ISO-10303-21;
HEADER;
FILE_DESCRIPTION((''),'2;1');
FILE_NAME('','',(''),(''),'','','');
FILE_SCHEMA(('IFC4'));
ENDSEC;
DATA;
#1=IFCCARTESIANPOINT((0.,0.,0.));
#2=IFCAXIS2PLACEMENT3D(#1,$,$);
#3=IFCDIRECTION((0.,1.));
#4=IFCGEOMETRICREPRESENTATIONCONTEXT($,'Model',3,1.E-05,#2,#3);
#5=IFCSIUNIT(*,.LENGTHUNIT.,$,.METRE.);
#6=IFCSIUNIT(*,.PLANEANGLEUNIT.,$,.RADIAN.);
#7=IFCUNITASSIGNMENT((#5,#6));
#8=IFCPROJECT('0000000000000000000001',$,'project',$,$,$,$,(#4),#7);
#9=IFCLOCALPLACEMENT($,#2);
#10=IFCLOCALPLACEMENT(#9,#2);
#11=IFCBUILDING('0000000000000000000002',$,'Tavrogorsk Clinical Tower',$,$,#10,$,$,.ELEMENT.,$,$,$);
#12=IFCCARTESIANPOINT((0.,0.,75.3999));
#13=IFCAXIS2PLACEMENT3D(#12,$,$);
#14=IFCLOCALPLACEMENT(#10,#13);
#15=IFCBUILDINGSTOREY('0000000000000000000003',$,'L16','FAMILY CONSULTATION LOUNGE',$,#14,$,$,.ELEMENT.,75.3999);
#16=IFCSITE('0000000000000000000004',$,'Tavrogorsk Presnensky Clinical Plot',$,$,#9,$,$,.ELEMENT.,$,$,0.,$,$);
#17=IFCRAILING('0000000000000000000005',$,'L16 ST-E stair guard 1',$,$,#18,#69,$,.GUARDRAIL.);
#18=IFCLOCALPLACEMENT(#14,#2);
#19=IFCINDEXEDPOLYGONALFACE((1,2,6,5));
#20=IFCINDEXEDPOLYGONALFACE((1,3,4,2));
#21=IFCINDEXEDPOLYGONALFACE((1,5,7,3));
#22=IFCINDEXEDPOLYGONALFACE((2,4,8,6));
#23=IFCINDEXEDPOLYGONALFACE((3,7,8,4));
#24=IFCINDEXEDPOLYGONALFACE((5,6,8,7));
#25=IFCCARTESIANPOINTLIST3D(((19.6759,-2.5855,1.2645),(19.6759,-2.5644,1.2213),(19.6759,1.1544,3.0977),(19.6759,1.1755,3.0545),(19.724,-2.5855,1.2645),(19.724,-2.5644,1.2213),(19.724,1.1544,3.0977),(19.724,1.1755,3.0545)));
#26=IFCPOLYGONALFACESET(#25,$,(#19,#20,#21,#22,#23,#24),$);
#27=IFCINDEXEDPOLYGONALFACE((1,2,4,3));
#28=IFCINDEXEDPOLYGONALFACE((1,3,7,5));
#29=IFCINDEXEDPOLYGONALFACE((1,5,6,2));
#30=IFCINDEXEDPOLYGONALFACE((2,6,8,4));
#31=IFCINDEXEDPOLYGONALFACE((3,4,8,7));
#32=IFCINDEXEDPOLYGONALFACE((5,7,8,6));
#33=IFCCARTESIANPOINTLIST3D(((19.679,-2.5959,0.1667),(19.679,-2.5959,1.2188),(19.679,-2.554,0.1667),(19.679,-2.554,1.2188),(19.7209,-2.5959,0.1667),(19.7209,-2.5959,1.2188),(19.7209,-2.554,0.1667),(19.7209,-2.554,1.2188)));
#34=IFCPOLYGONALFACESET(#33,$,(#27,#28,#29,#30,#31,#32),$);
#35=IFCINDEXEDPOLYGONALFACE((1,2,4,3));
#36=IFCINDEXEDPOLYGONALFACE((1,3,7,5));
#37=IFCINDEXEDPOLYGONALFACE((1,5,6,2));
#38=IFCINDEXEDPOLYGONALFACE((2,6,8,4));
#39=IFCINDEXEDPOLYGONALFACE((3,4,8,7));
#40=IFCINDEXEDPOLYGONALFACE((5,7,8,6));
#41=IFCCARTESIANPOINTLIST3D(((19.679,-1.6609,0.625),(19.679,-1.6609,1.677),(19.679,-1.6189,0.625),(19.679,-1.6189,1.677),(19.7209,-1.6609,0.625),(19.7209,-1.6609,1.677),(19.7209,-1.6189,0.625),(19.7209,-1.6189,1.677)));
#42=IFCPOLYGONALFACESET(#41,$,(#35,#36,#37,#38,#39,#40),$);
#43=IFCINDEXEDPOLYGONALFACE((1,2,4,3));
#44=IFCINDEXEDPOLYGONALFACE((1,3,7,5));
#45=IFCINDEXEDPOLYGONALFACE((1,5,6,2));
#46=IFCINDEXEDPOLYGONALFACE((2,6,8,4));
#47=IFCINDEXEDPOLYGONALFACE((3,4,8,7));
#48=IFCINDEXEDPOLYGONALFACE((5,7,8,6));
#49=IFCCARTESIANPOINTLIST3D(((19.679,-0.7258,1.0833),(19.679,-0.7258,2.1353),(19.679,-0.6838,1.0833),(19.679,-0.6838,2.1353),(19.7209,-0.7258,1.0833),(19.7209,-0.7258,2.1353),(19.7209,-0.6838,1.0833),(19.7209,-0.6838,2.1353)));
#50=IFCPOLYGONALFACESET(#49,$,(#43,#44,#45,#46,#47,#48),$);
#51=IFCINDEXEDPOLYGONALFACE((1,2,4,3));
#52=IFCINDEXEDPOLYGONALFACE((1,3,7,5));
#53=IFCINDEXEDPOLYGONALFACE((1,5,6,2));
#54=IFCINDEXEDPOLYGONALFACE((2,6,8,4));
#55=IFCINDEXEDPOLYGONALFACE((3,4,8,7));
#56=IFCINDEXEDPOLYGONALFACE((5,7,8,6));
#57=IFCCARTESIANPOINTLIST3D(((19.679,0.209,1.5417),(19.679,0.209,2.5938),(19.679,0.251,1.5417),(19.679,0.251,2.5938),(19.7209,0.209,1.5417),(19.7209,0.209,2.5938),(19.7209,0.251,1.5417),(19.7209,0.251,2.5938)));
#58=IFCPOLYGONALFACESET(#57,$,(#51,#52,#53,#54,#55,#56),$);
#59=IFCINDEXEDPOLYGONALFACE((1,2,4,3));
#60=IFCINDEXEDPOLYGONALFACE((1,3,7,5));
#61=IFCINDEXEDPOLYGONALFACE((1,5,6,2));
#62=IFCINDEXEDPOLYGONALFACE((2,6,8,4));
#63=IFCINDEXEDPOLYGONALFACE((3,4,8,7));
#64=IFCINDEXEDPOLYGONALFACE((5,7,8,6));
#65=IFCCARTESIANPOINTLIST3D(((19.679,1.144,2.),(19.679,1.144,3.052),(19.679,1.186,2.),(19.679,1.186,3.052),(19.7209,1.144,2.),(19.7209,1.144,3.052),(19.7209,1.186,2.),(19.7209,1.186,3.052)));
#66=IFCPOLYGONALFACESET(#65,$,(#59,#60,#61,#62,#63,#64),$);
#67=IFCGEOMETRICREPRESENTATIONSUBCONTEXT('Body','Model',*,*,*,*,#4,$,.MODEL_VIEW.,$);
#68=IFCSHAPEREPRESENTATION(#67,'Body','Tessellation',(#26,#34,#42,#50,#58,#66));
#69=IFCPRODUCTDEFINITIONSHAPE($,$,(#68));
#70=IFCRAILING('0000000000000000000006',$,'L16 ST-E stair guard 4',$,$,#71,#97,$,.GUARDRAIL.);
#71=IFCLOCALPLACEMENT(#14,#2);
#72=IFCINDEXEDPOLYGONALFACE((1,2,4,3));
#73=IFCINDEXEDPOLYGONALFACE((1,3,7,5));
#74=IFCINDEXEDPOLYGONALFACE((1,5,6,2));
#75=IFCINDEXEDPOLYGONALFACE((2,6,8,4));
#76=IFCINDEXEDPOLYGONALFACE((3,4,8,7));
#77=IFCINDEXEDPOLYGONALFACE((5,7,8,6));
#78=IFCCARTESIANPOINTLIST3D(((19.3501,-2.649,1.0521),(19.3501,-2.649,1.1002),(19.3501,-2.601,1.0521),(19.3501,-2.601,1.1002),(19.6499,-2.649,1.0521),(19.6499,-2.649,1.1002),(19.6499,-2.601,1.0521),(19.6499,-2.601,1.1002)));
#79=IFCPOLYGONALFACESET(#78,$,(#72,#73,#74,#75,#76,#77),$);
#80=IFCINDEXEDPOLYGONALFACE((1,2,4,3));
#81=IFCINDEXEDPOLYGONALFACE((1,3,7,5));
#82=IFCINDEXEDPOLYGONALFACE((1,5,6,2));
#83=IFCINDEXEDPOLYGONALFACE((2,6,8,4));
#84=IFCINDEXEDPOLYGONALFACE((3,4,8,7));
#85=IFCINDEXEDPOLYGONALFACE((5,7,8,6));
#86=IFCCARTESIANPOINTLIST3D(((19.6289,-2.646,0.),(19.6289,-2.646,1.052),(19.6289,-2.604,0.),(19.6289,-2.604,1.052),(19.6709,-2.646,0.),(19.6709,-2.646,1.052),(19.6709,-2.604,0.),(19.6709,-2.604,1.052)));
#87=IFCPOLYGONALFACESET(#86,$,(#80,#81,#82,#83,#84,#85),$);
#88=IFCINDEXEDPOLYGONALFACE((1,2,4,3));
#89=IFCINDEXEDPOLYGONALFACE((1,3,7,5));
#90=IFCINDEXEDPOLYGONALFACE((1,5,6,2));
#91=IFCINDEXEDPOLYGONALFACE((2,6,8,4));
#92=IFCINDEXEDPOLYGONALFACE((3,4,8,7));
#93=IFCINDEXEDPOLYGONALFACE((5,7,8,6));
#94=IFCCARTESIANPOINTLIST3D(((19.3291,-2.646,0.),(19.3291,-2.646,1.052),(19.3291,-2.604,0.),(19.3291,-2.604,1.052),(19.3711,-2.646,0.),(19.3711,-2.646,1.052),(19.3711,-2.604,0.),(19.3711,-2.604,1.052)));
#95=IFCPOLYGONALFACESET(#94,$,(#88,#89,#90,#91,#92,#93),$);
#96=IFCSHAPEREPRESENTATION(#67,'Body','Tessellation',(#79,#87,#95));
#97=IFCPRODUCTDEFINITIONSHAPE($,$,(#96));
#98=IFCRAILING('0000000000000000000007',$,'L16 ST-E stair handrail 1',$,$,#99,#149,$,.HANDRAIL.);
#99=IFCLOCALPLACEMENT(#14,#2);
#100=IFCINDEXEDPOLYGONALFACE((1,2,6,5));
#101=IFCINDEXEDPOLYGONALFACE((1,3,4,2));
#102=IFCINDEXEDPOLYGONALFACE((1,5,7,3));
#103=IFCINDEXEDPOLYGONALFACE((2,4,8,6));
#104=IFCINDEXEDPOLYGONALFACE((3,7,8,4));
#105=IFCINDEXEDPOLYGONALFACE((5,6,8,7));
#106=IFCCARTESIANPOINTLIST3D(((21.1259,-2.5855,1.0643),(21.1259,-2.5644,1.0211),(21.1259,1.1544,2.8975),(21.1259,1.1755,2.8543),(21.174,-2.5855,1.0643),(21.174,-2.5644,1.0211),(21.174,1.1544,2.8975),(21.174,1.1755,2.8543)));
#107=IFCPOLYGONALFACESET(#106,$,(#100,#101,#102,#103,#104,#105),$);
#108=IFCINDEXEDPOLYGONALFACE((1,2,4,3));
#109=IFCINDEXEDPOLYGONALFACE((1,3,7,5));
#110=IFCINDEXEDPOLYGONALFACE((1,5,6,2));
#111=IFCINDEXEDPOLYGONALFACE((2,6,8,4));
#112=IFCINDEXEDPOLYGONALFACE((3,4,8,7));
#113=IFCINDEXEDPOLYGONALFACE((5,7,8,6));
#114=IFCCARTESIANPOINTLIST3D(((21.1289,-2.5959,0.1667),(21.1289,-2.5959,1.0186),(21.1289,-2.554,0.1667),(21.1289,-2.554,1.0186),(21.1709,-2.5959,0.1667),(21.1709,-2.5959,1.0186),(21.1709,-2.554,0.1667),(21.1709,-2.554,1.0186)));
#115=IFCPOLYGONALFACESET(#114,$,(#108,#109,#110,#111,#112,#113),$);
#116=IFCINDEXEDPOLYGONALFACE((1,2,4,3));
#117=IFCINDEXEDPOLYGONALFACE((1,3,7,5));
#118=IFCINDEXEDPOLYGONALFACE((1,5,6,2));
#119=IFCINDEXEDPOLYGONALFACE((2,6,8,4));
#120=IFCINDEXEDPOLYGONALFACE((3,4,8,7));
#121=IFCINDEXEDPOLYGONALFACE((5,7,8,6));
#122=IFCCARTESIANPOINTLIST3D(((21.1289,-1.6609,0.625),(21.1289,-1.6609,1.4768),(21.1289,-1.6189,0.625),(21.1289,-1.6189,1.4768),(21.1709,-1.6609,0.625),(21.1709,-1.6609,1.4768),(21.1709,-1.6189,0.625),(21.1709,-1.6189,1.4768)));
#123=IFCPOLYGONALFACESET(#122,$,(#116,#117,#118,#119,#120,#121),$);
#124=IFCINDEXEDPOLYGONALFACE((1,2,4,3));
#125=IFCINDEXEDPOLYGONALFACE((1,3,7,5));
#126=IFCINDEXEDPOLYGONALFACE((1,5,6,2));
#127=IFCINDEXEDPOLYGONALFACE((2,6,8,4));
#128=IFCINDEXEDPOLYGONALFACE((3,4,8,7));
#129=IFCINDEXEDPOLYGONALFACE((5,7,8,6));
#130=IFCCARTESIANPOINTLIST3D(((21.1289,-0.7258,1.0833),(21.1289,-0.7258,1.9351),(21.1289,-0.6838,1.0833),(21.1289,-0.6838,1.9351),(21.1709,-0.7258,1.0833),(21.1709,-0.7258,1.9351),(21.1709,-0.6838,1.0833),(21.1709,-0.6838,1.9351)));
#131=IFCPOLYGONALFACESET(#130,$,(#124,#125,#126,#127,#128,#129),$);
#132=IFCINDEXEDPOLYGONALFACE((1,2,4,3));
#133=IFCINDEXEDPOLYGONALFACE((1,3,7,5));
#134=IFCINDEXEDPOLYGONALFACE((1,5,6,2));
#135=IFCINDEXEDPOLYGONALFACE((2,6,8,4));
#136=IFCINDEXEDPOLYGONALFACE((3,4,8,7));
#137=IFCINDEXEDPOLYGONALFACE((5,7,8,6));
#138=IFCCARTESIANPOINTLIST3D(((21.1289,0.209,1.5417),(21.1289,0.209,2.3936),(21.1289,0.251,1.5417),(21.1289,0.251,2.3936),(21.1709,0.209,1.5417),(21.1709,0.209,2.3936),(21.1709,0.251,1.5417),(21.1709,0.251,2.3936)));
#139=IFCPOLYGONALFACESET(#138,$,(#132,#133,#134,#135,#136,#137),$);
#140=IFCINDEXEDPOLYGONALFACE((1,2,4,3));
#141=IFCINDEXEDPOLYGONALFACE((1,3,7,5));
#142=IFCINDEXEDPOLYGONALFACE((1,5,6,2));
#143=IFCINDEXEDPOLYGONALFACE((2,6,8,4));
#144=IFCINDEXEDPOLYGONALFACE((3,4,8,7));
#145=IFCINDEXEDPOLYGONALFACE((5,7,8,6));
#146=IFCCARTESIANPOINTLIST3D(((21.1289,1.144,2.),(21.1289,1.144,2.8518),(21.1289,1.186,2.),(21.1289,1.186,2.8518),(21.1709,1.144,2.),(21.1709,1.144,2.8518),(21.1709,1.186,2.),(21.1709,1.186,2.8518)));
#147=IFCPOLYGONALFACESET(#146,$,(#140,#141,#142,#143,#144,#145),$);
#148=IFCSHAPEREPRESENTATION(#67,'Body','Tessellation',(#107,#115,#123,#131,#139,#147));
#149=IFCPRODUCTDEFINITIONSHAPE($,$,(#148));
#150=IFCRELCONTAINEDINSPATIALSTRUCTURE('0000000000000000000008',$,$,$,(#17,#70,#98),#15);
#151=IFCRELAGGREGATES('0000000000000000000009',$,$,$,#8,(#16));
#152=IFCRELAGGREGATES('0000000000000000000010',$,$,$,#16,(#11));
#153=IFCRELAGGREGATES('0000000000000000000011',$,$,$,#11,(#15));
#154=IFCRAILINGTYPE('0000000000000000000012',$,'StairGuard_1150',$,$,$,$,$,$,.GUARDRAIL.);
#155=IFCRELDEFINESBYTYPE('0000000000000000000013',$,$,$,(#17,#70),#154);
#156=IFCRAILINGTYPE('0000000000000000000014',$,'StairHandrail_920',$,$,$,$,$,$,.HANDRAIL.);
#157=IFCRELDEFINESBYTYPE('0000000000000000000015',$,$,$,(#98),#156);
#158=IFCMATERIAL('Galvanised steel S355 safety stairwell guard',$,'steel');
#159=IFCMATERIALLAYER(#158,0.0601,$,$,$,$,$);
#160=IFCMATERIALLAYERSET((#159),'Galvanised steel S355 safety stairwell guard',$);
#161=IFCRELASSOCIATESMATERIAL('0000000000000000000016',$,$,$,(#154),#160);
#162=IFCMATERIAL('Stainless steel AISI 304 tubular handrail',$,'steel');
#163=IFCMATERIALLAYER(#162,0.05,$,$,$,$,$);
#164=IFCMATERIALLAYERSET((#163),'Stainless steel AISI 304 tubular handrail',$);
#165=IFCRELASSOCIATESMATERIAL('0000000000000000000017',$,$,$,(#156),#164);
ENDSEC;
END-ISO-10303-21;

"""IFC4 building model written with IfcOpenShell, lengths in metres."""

from ifc_helpers import new_model, si_unit, direction, frame, origin, origin_2d, place, context, subcontext, project, spatial, rectangle, extrude, material, layer, layer_set, type_object, element, save


model = new_model("IFC4")

# Units and contexts
model_context = context("Model", 3, precision=1e-05, world=origin(), true_north=direction((0.0, 1.0)))
body_context = subcontext(model_context, "Body", "Model", "MODEL_VIEW")
ifc_project = project(units=[si_unit("LENGTHUNIT", "METRE"), si_unit("PLANEANGLEUNIT", "RADIAN")], contexts=[model_context])

# Site, building, storey
site_placement = place(None, origin())
site = spatial("IfcSite", under=ifc_project, at=site_placement, Name="Tavrogorsk Presnensky Clinical Plot", CompositionType="ELEMENT", RefElevation=0.0)
building_placement = place(site_placement, origin())
building = spatial("IfcBuilding", under=site, at=building_placement, Name="Tavrogorsk Clinical Tower", CompositionType="ELEMENT")
storey_placement = place(building_placement, frame((0.0, 0.0, 75.3999)))
storey = spatial("IfcBuildingStorey", under=building, at=storey_placement, Name="L16", Description="FAMILY CONSULTATION LOUNGE", CompositionType="ELEMENT", Elevation=75.3999)

# Railings
ifc_material_1 = material(Name="Galvanised steel S355 safety stairwell guard", Category="steel")
ifc_layer_1 = layer(ifc_material_1, 0.0601)
ifc_layer_set_1 = layer_set([ifc_layer_1], Name="Galvanised steel S355 safety stairwell guard")
railing_type_1 = type_object("IfcRailingType", Name="StairGuard_1150", PredefinedType="GUARDRAIL", material=ifc_layer_set_1)
railing_1_placement = place(storey_placement, frame((19.7, -2.575, 0.1667)))
element("IfcRailing", 1, at=railing_1_placement, inside=storey, type_object=railing_type_1, Name="L16 ST-E stair guard 1", PredefinedType="GUARDRAIL", context=body_context, shape_type="SweptSolid", body=[
    extrude(rectangle(XDim=0.0481, YDim=0.0481, at=origin_2d()), frame((0.0, 0.0, 1.0762), z_axis=(0.0, 0.897928, 0.440142), x_axis=(-1.0, 0.0, 0.0)), (0.0, 0.0, 1.0), 4.165),
    extrude(rectangle(XDim=0.042, YDim=0.042, at=origin_2d()), origin(), (0.0, 0.0, 1.0), 1.052),
    extrude(rectangle(XDim=0.042, YDim=0.042, at=origin_2d()), frame((0.0, 0.9351, 0.4583)), (0.0, 0.0, 1.0), 1.052),
    extrude(rectangle(XDim=0.042, YDim=0.042, at=origin_2d()), frame((0.0, 1.8701, 0.9165)), (0.0, 0.0, 1.0), 1.052),
    extrude(rectangle(XDim=0.042, YDim=0.042, at=origin_2d()), frame((0.0, 2.8049, 1.375)), (0.0, 0.0, 1.0), 1.052),
    extrude(rectangle(XDim=0.042, YDim=0.042, at=origin_2d()), frame((0.0, 3.74, 1.8333)), (0.0, 0.0, 1.0), 1.052),
])
railing_2_placement = place(storey_placement, frame((19.6499, -2.625, 0.0)))
element("IfcRailing", 2, at=railing_2_placement, inside=storey, type_object=railing_type_1, Name="L16 ST-E stair guard 4", PredefinedType="GUARDRAIL", context=body_context, shape_type="SweptSolid", body=[
    extrude(rectangle(XDim=0.0481, YDim=0.0481, at=origin_2d()), frame((0.0, 0.0, 1.0762), z_axis=(-1.0, 0.0, 0.0), x_axis=(0.0, -1.0, 0.0)), (0.0, 0.0, 1.0), 0.2998),
    extrude(rectangle(XDim=0.042, YDim=0.042, at=origin_2d()), origin(), (0.0, 0.0, 1.0), 1.052),
    extrude(rectangle(XDim=0.042, YDim=0.042, at=origin_2d()), frame((-0.2998, 0.0, 0.0)), (0.0, 0.0, 1.0), 1.052),
])
ifc_material_2 = material(Name="Stainless steel AISI 304 tubular handrail", Category="steel")
ifc_layer_2 = layer(ifc_material_2, 0.05)
ifc_layer_set_2 = layer_set([ifc_layer_2], Name="Stainless steel AISI 304 tubular handrail")
railing_type_2 = type_object("IfcRailingType", Name="StairHandrail_920", PredefinedType="HANDRAIL", material=ifc_layer_set_2)
railing_3_placement = place(storey_placement, frame((21.1499, -2.575, 0.1667)))
element("IfcRailing", 3, at=railing_3_placement, inside=storey, type_object=railing_type_2, Name="L16 ST-E stair handrail 1", PredefinedType="HANDRAIL", context=body_context, shape_type="SweptSolid", body=[
    extrude(rectangle(XDim=0.0481, YDim=0.0481, at=origin_2d()), frame((0.0, 0.0, 0.876), z_axis=(0.0, 0.897928, 0.440142), x_axis=(-1.0, 0.0, 0.0)), (0.0, 0.0, 1.0), 4.165),
    extrude(rectangle(XDim=0.042, YDim=0.042, at=origin_2d()), origin(), (0.0, 0.0, 1.0), 0.8518),
    extrude(rectangle(XDim=0.042, YDim=0.042, at=origin_2d()), frame((0.0, 0.9351, 0.4583)), (0.0, 0.0, 1.0), 0.8518),
    extrude(rectangle(XDim=0.042, YDim=0.042, at=origin_2d()), frame((0.0, 1.8701, 0.9165)), (0.0, 0.0, 1.0), 0.8518),
    extrude(rectangle(XDim=0.042, YDim=0.042, at=origin_2d()), frame((0.0, 2.8049, 1.375)), (0.0, 0.0, 1.0), 0.8518),
    extrude(rectangle(XDim=0.042, YDim=0.042, at=origin_2d()), frame((0.0, 3.74, 1.8333)), (0.0, 0.0, 1.0), 0.8518),
])

save(model, "model.ifc")
